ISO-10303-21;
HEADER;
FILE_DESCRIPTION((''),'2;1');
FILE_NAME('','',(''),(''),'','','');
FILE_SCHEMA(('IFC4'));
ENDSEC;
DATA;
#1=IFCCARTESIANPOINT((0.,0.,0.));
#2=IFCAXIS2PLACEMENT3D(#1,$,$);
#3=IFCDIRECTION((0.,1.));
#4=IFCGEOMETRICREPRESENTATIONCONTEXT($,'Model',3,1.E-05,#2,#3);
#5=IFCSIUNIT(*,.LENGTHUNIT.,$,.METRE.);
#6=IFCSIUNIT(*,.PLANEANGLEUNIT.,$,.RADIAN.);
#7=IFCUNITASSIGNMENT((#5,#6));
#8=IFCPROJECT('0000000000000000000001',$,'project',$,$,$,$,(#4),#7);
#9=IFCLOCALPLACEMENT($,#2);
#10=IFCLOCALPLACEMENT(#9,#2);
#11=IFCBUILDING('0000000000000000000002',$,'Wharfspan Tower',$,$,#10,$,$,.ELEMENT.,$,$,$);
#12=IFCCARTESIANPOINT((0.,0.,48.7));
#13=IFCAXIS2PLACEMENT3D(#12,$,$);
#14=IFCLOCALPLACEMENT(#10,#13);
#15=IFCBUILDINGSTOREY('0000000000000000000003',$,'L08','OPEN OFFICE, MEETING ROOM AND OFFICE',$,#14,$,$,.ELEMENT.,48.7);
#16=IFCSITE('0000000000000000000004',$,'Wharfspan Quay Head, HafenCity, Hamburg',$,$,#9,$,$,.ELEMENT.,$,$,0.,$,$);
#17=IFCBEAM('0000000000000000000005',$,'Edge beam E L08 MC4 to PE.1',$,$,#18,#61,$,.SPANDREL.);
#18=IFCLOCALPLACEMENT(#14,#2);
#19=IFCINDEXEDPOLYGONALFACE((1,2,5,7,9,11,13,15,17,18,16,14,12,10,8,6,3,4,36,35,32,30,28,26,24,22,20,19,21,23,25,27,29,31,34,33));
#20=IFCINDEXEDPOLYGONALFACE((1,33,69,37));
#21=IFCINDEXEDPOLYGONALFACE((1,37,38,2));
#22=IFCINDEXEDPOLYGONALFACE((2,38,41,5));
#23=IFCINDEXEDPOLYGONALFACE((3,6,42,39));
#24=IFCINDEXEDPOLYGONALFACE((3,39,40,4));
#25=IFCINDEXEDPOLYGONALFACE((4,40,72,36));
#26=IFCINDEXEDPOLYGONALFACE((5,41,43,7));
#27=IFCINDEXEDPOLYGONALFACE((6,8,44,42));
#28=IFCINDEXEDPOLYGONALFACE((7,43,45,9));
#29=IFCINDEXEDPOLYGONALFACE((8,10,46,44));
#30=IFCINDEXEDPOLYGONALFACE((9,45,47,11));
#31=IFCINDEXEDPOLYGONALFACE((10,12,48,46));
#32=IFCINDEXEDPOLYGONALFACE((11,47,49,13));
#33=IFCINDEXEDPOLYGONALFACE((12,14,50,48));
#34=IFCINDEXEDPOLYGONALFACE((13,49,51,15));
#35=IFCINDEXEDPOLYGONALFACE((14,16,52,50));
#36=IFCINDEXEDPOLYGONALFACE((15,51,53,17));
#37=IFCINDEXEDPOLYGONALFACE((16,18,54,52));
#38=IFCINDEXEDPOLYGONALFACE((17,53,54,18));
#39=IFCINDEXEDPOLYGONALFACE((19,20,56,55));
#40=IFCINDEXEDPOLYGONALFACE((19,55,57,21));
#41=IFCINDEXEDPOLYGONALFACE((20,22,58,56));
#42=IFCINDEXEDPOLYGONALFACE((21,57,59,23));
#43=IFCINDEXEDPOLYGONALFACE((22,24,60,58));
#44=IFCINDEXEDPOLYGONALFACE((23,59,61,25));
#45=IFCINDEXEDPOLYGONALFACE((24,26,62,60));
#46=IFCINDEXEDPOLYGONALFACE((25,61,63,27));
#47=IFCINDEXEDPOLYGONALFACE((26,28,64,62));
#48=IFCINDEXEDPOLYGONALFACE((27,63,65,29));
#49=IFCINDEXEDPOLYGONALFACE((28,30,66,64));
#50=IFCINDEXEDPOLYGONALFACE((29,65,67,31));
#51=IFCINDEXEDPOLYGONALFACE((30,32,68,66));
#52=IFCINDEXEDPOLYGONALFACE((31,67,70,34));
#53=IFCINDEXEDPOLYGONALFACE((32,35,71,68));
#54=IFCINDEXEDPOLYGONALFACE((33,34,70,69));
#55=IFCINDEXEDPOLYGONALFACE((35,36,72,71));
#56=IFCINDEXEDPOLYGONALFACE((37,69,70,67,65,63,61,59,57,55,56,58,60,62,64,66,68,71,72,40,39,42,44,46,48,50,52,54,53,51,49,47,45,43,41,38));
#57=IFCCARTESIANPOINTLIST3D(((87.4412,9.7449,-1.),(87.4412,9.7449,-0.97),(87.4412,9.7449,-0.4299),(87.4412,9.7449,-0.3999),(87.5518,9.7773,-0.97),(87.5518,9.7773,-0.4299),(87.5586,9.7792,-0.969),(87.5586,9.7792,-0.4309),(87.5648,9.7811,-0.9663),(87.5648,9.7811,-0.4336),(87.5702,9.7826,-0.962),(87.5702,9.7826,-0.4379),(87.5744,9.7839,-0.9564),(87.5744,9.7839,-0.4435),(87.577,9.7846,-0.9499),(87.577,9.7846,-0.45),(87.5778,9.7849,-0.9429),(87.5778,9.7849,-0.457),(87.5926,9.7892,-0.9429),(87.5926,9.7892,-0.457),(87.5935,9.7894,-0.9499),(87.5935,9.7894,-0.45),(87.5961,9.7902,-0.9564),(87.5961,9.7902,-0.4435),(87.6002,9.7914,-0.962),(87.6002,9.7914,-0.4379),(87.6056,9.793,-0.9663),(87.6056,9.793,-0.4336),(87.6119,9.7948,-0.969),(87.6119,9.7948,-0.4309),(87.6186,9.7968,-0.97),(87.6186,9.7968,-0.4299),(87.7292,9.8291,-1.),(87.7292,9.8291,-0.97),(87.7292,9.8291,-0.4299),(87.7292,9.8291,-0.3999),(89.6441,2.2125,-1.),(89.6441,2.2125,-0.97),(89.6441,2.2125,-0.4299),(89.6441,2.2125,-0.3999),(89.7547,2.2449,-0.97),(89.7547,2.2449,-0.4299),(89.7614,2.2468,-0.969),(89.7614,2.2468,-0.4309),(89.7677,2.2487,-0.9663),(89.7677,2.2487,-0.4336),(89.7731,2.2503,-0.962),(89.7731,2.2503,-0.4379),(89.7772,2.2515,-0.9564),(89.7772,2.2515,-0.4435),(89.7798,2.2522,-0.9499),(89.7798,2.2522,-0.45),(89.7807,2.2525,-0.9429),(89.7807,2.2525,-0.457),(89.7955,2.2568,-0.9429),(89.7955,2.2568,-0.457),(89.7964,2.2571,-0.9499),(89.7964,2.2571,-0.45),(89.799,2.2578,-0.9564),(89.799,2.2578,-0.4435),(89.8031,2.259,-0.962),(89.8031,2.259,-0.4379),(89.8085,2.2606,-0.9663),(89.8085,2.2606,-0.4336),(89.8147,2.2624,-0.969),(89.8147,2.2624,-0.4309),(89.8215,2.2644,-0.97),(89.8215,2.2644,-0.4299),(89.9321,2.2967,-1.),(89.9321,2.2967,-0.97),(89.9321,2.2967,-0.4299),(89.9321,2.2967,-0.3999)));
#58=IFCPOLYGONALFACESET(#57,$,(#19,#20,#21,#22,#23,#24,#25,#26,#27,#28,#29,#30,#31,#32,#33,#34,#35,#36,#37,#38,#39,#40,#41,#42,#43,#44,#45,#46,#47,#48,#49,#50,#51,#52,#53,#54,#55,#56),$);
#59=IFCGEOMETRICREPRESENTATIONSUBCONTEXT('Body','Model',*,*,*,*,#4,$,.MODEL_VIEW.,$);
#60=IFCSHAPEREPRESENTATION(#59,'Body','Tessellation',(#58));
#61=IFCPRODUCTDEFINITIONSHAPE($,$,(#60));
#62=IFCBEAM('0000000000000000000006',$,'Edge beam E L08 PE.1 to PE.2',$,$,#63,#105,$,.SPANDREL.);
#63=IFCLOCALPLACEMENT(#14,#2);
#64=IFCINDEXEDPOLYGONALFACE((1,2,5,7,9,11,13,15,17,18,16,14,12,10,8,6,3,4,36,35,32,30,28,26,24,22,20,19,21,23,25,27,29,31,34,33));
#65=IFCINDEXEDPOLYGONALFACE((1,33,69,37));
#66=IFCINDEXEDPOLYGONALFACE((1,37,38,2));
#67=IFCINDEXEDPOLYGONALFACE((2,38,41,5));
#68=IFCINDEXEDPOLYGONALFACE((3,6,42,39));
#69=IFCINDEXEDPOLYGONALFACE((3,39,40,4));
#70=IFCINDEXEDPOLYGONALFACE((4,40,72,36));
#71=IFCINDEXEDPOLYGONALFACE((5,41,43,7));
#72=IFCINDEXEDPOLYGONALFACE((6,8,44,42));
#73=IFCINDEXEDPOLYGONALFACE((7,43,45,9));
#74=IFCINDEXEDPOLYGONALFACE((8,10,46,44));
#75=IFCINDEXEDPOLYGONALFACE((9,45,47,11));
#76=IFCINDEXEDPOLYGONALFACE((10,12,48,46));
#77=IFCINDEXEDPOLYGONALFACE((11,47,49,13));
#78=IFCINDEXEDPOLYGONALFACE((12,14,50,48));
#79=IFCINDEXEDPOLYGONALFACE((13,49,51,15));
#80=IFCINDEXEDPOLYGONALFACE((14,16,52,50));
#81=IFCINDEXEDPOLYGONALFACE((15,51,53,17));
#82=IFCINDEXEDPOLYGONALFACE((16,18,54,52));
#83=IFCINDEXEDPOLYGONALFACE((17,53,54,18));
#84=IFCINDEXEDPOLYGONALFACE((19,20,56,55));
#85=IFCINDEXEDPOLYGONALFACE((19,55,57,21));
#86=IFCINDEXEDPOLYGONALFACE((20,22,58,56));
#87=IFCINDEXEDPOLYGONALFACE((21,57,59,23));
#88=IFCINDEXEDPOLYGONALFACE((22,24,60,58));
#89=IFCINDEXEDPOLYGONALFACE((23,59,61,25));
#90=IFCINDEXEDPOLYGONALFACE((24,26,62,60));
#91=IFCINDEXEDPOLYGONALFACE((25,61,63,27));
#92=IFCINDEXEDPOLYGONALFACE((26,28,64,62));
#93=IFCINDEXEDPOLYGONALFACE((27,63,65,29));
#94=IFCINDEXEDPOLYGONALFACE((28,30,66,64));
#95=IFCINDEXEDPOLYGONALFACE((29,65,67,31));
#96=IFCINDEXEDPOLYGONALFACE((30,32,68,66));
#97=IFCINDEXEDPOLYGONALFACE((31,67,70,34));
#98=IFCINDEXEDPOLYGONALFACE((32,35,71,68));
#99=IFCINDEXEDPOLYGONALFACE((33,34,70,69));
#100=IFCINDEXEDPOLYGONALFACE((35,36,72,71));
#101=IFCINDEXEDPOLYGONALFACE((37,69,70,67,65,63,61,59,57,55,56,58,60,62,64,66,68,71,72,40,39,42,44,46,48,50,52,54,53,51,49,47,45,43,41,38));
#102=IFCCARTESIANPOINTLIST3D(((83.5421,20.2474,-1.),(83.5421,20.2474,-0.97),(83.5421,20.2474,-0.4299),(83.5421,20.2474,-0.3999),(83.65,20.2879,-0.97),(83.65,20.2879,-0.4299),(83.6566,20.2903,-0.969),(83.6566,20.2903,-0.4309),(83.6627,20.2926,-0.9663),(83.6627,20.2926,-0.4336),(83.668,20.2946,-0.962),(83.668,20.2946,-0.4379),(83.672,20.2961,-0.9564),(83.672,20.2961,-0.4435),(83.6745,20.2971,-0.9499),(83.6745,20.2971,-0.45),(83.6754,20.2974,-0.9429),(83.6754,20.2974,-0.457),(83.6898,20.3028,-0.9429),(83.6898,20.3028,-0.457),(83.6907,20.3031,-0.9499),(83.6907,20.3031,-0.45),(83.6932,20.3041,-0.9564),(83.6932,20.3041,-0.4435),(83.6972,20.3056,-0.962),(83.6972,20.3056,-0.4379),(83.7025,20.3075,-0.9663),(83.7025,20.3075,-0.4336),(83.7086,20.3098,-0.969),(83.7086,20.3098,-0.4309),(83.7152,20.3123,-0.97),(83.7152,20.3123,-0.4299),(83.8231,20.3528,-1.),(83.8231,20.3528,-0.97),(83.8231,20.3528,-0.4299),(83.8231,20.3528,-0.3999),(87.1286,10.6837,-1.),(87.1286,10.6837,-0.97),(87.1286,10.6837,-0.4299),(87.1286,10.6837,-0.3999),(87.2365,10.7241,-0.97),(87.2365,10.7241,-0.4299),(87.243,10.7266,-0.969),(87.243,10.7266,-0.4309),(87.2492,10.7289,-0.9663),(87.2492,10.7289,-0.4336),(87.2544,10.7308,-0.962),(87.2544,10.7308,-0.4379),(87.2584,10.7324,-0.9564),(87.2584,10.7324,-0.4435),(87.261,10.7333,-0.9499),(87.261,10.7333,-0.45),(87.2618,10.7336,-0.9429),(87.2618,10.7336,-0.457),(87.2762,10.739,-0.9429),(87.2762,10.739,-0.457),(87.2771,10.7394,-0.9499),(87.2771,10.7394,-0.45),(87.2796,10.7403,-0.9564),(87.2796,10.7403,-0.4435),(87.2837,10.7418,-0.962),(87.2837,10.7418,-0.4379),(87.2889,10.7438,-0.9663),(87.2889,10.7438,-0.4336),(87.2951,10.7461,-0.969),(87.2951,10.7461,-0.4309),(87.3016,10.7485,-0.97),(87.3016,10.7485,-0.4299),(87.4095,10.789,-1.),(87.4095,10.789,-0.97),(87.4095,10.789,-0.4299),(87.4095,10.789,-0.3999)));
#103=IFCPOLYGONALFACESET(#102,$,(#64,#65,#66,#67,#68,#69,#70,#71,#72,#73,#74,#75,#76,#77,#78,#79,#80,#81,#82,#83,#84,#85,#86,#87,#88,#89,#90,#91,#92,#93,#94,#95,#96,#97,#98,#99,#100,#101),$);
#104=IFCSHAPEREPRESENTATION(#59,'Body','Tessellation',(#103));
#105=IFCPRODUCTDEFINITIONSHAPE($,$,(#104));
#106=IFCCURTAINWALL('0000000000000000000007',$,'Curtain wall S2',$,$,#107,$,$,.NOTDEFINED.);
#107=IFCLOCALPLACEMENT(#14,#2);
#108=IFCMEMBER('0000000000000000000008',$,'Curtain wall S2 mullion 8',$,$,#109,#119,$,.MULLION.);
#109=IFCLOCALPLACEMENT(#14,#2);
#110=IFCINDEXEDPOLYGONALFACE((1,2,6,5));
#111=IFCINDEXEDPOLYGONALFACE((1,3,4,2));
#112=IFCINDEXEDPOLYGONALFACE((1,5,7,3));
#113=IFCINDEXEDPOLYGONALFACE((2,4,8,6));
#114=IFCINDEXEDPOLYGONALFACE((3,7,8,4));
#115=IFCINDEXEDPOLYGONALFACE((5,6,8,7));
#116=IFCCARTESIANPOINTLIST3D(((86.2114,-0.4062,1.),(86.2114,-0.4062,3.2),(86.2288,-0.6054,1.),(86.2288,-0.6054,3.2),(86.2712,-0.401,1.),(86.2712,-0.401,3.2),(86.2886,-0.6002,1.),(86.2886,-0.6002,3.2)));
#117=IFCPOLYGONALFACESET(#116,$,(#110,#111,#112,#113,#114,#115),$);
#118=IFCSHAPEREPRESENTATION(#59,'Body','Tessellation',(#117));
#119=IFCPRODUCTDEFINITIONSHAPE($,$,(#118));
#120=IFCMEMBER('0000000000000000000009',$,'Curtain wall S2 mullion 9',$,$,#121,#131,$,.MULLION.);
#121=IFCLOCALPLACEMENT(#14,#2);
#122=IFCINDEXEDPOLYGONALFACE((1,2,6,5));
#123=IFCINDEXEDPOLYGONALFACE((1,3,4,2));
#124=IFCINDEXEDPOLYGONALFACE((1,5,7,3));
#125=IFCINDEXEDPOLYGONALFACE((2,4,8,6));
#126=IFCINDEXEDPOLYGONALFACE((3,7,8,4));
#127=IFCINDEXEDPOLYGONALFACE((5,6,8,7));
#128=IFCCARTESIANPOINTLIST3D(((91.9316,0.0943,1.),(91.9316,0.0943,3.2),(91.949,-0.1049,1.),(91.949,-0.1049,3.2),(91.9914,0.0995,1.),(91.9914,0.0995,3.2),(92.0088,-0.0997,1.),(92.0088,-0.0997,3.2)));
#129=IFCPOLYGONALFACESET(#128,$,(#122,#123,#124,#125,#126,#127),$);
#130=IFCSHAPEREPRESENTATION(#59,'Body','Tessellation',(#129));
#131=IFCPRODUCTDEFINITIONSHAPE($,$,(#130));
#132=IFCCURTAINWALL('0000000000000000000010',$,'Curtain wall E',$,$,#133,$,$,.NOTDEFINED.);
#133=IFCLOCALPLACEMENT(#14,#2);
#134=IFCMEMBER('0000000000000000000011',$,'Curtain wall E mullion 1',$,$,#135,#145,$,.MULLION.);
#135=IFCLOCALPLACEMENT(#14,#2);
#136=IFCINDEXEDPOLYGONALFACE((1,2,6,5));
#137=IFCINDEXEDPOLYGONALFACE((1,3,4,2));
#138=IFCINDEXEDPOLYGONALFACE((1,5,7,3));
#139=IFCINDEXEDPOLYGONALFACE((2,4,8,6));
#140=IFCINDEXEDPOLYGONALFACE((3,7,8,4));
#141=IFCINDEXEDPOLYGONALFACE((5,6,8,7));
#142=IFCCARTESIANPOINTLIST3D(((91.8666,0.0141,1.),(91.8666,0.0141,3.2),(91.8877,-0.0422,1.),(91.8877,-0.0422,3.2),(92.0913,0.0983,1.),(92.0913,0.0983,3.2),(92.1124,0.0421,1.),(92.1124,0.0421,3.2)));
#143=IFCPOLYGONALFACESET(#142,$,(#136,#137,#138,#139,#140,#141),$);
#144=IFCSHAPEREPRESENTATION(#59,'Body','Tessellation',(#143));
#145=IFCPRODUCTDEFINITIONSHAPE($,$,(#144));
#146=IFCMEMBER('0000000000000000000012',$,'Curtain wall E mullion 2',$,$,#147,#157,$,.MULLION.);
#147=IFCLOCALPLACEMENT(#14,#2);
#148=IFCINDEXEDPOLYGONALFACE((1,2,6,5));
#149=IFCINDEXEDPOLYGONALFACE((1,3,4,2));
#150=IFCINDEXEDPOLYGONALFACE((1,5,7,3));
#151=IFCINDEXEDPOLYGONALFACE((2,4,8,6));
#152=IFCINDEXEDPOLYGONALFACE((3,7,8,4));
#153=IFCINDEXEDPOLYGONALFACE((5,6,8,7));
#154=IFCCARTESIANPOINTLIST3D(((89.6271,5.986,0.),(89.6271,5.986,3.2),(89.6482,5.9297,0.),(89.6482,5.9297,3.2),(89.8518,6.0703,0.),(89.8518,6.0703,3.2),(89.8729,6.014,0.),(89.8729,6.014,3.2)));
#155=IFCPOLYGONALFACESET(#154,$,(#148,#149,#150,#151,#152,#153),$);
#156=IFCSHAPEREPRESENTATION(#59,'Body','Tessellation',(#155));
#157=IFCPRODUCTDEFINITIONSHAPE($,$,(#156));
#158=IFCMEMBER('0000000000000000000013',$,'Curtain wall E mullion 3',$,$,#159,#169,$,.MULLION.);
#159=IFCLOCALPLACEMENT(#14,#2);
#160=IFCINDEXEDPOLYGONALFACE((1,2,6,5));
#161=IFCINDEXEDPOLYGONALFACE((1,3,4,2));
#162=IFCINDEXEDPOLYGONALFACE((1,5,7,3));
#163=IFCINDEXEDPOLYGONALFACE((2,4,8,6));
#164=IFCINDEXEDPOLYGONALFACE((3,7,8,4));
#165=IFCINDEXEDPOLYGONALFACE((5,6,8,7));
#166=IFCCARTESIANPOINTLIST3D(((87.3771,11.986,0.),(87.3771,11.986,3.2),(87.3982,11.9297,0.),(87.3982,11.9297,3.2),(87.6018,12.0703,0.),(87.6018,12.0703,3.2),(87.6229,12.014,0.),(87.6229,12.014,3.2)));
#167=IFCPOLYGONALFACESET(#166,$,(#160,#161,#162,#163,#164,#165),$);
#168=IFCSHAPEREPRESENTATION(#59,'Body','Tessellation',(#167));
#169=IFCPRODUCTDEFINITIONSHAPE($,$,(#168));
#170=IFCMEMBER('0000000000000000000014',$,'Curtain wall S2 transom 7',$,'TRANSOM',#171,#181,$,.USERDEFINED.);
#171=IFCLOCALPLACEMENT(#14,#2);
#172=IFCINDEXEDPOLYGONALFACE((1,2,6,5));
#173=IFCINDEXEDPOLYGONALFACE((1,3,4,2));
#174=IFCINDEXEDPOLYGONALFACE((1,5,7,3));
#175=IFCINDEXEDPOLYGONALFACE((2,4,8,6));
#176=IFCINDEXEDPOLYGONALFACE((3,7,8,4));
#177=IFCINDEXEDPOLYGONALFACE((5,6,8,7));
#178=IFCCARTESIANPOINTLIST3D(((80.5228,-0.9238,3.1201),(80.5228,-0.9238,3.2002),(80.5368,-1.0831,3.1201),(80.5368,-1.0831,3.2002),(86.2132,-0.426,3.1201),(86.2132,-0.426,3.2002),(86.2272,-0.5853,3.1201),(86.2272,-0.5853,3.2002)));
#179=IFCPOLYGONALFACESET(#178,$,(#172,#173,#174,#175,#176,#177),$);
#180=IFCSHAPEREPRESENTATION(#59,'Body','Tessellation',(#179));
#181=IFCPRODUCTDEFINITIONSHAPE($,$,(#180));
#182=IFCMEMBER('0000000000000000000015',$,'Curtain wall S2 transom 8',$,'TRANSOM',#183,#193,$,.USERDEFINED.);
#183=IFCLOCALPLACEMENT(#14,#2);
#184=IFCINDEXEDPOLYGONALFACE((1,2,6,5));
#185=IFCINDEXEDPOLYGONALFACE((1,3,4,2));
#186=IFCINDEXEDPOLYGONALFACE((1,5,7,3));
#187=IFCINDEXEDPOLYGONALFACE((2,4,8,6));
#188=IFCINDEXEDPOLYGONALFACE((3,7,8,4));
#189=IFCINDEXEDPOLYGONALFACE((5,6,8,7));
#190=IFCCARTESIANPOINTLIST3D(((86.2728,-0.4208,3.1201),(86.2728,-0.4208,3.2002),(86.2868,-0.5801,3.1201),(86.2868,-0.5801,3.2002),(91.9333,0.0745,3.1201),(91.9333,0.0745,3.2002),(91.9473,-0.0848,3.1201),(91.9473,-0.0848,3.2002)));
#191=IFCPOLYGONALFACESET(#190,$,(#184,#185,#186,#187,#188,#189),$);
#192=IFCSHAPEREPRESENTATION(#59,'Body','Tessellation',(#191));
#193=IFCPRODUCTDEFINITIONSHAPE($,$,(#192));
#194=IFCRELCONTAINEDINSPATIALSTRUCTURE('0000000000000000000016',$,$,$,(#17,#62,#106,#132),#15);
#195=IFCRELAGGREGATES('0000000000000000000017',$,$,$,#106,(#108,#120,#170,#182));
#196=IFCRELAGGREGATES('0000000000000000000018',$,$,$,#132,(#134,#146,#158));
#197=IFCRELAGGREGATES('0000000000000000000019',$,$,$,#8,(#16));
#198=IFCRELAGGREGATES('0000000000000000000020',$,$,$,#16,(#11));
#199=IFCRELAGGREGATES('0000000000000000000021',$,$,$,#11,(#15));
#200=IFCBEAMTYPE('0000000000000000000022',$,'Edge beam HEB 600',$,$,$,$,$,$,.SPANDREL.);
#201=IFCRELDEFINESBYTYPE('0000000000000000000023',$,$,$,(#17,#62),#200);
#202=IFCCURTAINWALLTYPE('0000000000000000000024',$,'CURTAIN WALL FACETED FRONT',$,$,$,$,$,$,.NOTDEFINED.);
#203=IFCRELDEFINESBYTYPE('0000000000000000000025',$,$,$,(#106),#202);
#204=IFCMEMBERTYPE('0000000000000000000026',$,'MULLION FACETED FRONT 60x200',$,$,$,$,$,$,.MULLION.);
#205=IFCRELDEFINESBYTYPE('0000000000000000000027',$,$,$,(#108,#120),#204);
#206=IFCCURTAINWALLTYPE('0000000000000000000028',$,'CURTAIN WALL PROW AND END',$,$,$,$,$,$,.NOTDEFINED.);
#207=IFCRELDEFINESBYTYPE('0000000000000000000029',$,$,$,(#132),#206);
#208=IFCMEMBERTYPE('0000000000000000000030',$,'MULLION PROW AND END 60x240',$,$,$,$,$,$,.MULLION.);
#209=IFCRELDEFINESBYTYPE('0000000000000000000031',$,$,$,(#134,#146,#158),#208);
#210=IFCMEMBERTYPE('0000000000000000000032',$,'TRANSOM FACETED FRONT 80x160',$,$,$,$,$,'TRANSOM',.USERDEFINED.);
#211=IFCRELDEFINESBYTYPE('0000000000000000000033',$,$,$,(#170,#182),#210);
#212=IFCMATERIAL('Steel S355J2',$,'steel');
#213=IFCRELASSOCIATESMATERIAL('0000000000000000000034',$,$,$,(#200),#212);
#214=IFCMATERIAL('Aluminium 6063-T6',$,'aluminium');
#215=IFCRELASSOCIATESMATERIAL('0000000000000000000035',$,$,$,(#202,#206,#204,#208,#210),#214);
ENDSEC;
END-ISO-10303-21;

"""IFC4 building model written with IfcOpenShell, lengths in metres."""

from ifc_helpers import new_model, si_unit, direction, frame, origin, origin_2d, place, context, subcontext, project, spatial, rectangle, i_section, extrude, material, material_profile, profile_set, type_object, element, aggregate, save


model = new_model("IFC4")

# Units and contexts
model_context = context("Model", 3, precision=1e-05, world=origin(), true_north=direction((0.0, 1.0)))
body_context = subcontext(model_context, "Body", "Model", "MODEL_VIEW")
ifc_project = project(units=[si_unit("LENGTHUNIT", "METRE"), si_unit("PLANEANGLEUNIT", "RADIAN")], contexts=[model_context])

# Site, building, storey
site_placement = place(None, origin())
site = spatial("IfcSite", under=ifc_project, at=site_placement, Name="Wharfspan Quay Head, HafenCity, Hamburg", CompositionType="ELEMENT", RefElevation=0.0)
building_placement = place(site_placement, origin())
building = spatial("IfcBuilding", under=site, at=building_placement, Name="Wharfspan Tower", CompositionType="ELEMENT")
storey_placement = place(building_placement, frame((0.0, 0.0, 48.7)))
storey = spatial("IfcBuildingStorey", under=building, at=storey_placement, Name="L08", Description="OPEN OFFICE, MEETING ROOM AND OFFICE", CompositionType="ELEMENT", Elevation=48.7)

# Shared definitions
ifc_material_1 = material(Name="Steel S355J2", Category="steel")

# Beams
ifc_material_profile_1 = material_profile(ifc_material_1, i_section(OverallWidth=0.3, OverallDepth=0.6001, WebThickness=0.0154, FlangeThickness=0.03, FilletRadius=0.0271, at=origin_2d()))
ifc_profile_set_1 = profile_set([ifc_material_profile_1], Name="Steel S355J2")
beam_type = type_object("IfcBeamType", Name="Edge beam HEB 600", PredefinedType="SPANDREL", material=ifc_profile_set_1)
beam_1_placement = place(storey_placement, frame((89.7881, 2.2546, -0.7), z_axis=(-0.280694, 0.959797, 0.0), x_axis=(-0.959797, -0.280694, 0.0)))
element("IfcBeam", 1, at=beam_1_placement, inside=storey, type_object=beam_type, Name="Edge beam E L08 MC4 to PE.1", PredefinedType="SPANDREL", context=body_context, shape_type="SweptSolid", body=[
    extrude(i_section(OverallWidth=0.3, OverallDepth=0.6001, WebThickness=0.0154, FlangeThickness=0.03, FilletRadius=0.0271, at=origin_2d()), origin(), (0.0, 0.0, 1.0), 7.8479),
])
beam_2_placement = place(storey_placement, frame((87.269, 10.7363, -0.7), z_axis=(-0.351126, 0.936328, 0.0), x_axis=(-0.936328, -0.351126, 0.0)))
element("IfcBeam", 2, at=beam_2_placement, inside=storey, type_object=beam_type, Name="Edge beam E L08 PE.1 to PE.2", PredefinedType="SPANDREL", context=body_context, shape_type="SweptSolid", body=[
    extrude(i_section(OverallWidth=0.3, OverallDepth=0.6001, WebThickness=0.0154, FlangeThickness=0.03, FilletRadius=0.0271, at=origin_2d()), origin(), (0.0, 0.0, 1.0), 10.2141),
])

# Curtain walls, members
ifc_material_2 = material(Name="Aluminium 6063-T6", Category="aluminium")
curtain_wall_type_1 = type_object("IfcCurtainWallType", Name="CURTAIN WALL FACETED FRONT", PredefinedType="NOTDEFINED", material=ifc_material_2)
curtain_wall_1_placement = place(storey_placement, origin())
curtain_wall_1 = element("IfcCurtainWall", 3, at=curtain_wall_1_placement, inside=storey, type_object=curtain_wall_type_1, Name="Curtain wall S2", PredefinedType="NOTDEFINED")
ifc_material_profile_2 = material_profile(ifc_material_2, rectangle(XDim=0.2, YDim=0.0601, at=origin_2d()))
ifc_profile_set_2 = profile_set([ifc_material_profile_2], Name="Aluminium 6063-T6")
member_type_1 = type_object("IfcMemberType", Name="MULLION FACETED FRONT 60x200", PredefinedType="MULLION", material=ifc_profile_set_2)
member_1_placement = place(storey_placement, frame((86.25, -0.5032, 1.0), z_axis=(0.0, 0.0, 1.0), x_axis=(-0.087156, 0.996197, 0.0)))
member_1 = element("IfcMember", 4, at=member_1_placement, type_object=member_type_1, Name="Curtain wall S2 mullion 8", PredefinedType="MULLION", context=body_context, shape_type="SweptSolid", body=[
    extrude(rectangle(XDim=0.2, YDim=0.0601, at=origin_2d()), origin(), (0.0, 0.0, 1.0), 2.2),
])
member_2_placement = place(storey_placement, frame((91.9702, -0.0027, 1.0), z_axis=(0.0, 0.0, 1.0), x_axis=(-0.087156, 0.996197, 0.0)))
member_2 = element("IfcMember", 5, at=member_2_placement, type_object=member_type_1, Name="Curtain wall S2 mullion 9", PredefinedType="MULLION", context=body_context, shape_type="SweptSolid", body=[
    extrude(rectangle(XDim=0.2, YDim=0.0601, at=origin_2d()), origin(), (0.0, 0.0, 1.0), 2.2),
])
curtain_wall_type_2 = type_object("IfcCurtainWallType", Name="CURTAIN WALL PROW AND END", PredefinedType="NOTDEFINED", material=ifc_material_2)
curtain_wall_2_placement = place(storey_placement, origin())
curtain_wall_2 = element("IfcCurtainWall", 6, at=curtain_wall_2_placement, inside=storey, type_object=curtain_wall_type_2, Name="Curtain wall E", PredefinedType="NOTDEFINED")
ifc_material_profile_3 = material_profile(ifc_material_2, rectangle(XDim=0.24, YDim=0.0601, at=origin_2d()))
ifc_profile_set_3 = profile_set([ifc_material_profile_3], Name="Aluminium 6063-T6")
member_type_2 = type_object("IfcMemberType", Name="MULLION PROW AND END 60x240", PredefinedType="MULLION", material=ifc_profile_set_3)
member_3_placement = place(storey_placement, frame((91.9895, 0.0281, 1.0), z_axis=(0.0, 0.0, 1.0), x_axis=(-0.936328, -0.351123, 0.0)))
member_3 = element("IfcMember", 7, at=member_3_placement, type_object=member_type_2, Name="Curtain wall E mullion 1", PredefinedType="MULLION", context=body_context, shape_type="SweptSolid", body=[
    extrude(rectangle(XDim=0.24, YDim=0.0601, at=origin_2d()), origin(), (0.0, 0.0, 1.0), 2.2),
])
member_4_placement = place(storey_placement, frame((89.75, 6.0, 0.0), z_axis=(0.0, 0.0, 1.0), x_axis=(-0.936328, -0.351123, 0.0)))
member_4 = element("IfcMember", 8, at=member_4_placement, type_object=member_type_2, Name="Curtain wall E mullion 2", PredefinedType="MULLION", context=body_context, shape_type="SweptSolid", body=[
    extrude(rectangle(XDim=0.24, YDim=0.0601, at=origin_2d()), origin(), (0.0, 0.0, 1.0), 3.2),
])
member_5_placement = place(storey_placement, frame((87.5, 12.0, 0.0), z_axis=(0.0, 0.0, 1.0), x_axis=(-0.936328, -0.351123, 0.0)))
member_5 = element("IfcMember", 9, at=member_5_placement, type_object=member_type_2, Name="Curtain wall E mullion 3", PredefinedType="MULLION", context=body_context, shape_type="SweptSolid", body=[
    extrude(rectangle(XDim=0.24, YDim=0.0601, at=origin_2d()), origin(), (0.0, 0.0, 1.0), 3.2),
])

# Members
ifc_material_profile_4 = material_profile(ifc_material_2, rectangle(XDim=0.1599, YDim=0.0801, at=origin_2d()))
ifc_profile_set_4 = profile_set([ifc_material_profile_4], Name="Aluminium 6063-T6")
member_type_3 = type_object("IfcMemberType", Name="TRANSOM FACETED FRONT 80x160", ElementType="TRANSOM", PredefinedType="USERDEFINED", material=ifc_profile_set_4)
member_6_placement = place(storey_placement, frame((80.5298, -1.0034, 3.1602), z_axis=(0.996195, 0.087148, 0.0), x_axis=(-0.087148, 0.996195, 0.0)))
member_6 = element("IfcMember", 10, at=member_6_placement, type_object=member_type_3, Name="Curtain wall S2 transom 7", ObjectType="TRANSOM", PredefinedType="USERDEFINED", context=body_context, shape_type="SweptSolid", body=[
    extrude(rectangle(XDim=0.1599, YDim=0.0801, at=origin_2d()), origin(), (0.0, 0.0, 1.0), 5.7122),
])
member_7_placement = place(storey_placement, frame((86.2798, -0.5005, 3.1602), z_axis=(0.996193, 0.08718, 0.0), x_axis=(-0.08718, 0.996193, 0.0)))
member_7 = element("IfcMember", 11, at=member_7_placement, type_object=member_type_3, Name="Curtain wall S2 transom 8", ObjectType="TRANSOM", PredefinedType="USERDEFINED", context=body_context, shape_type="SweptSolid", body=[
    extrude(rectangle(XDim=0.1599, YDim=0.0801, at=origin_2d()), origin(), (0.0, 0.0, 1.0), 5.6821),
])

aggregate(curtain_wall_1, [member_1, member_2, member_6, member_7])
aggregate(curtain_wall_2, [member_3, member_4, member_5])

save(model, "model.ifc")
